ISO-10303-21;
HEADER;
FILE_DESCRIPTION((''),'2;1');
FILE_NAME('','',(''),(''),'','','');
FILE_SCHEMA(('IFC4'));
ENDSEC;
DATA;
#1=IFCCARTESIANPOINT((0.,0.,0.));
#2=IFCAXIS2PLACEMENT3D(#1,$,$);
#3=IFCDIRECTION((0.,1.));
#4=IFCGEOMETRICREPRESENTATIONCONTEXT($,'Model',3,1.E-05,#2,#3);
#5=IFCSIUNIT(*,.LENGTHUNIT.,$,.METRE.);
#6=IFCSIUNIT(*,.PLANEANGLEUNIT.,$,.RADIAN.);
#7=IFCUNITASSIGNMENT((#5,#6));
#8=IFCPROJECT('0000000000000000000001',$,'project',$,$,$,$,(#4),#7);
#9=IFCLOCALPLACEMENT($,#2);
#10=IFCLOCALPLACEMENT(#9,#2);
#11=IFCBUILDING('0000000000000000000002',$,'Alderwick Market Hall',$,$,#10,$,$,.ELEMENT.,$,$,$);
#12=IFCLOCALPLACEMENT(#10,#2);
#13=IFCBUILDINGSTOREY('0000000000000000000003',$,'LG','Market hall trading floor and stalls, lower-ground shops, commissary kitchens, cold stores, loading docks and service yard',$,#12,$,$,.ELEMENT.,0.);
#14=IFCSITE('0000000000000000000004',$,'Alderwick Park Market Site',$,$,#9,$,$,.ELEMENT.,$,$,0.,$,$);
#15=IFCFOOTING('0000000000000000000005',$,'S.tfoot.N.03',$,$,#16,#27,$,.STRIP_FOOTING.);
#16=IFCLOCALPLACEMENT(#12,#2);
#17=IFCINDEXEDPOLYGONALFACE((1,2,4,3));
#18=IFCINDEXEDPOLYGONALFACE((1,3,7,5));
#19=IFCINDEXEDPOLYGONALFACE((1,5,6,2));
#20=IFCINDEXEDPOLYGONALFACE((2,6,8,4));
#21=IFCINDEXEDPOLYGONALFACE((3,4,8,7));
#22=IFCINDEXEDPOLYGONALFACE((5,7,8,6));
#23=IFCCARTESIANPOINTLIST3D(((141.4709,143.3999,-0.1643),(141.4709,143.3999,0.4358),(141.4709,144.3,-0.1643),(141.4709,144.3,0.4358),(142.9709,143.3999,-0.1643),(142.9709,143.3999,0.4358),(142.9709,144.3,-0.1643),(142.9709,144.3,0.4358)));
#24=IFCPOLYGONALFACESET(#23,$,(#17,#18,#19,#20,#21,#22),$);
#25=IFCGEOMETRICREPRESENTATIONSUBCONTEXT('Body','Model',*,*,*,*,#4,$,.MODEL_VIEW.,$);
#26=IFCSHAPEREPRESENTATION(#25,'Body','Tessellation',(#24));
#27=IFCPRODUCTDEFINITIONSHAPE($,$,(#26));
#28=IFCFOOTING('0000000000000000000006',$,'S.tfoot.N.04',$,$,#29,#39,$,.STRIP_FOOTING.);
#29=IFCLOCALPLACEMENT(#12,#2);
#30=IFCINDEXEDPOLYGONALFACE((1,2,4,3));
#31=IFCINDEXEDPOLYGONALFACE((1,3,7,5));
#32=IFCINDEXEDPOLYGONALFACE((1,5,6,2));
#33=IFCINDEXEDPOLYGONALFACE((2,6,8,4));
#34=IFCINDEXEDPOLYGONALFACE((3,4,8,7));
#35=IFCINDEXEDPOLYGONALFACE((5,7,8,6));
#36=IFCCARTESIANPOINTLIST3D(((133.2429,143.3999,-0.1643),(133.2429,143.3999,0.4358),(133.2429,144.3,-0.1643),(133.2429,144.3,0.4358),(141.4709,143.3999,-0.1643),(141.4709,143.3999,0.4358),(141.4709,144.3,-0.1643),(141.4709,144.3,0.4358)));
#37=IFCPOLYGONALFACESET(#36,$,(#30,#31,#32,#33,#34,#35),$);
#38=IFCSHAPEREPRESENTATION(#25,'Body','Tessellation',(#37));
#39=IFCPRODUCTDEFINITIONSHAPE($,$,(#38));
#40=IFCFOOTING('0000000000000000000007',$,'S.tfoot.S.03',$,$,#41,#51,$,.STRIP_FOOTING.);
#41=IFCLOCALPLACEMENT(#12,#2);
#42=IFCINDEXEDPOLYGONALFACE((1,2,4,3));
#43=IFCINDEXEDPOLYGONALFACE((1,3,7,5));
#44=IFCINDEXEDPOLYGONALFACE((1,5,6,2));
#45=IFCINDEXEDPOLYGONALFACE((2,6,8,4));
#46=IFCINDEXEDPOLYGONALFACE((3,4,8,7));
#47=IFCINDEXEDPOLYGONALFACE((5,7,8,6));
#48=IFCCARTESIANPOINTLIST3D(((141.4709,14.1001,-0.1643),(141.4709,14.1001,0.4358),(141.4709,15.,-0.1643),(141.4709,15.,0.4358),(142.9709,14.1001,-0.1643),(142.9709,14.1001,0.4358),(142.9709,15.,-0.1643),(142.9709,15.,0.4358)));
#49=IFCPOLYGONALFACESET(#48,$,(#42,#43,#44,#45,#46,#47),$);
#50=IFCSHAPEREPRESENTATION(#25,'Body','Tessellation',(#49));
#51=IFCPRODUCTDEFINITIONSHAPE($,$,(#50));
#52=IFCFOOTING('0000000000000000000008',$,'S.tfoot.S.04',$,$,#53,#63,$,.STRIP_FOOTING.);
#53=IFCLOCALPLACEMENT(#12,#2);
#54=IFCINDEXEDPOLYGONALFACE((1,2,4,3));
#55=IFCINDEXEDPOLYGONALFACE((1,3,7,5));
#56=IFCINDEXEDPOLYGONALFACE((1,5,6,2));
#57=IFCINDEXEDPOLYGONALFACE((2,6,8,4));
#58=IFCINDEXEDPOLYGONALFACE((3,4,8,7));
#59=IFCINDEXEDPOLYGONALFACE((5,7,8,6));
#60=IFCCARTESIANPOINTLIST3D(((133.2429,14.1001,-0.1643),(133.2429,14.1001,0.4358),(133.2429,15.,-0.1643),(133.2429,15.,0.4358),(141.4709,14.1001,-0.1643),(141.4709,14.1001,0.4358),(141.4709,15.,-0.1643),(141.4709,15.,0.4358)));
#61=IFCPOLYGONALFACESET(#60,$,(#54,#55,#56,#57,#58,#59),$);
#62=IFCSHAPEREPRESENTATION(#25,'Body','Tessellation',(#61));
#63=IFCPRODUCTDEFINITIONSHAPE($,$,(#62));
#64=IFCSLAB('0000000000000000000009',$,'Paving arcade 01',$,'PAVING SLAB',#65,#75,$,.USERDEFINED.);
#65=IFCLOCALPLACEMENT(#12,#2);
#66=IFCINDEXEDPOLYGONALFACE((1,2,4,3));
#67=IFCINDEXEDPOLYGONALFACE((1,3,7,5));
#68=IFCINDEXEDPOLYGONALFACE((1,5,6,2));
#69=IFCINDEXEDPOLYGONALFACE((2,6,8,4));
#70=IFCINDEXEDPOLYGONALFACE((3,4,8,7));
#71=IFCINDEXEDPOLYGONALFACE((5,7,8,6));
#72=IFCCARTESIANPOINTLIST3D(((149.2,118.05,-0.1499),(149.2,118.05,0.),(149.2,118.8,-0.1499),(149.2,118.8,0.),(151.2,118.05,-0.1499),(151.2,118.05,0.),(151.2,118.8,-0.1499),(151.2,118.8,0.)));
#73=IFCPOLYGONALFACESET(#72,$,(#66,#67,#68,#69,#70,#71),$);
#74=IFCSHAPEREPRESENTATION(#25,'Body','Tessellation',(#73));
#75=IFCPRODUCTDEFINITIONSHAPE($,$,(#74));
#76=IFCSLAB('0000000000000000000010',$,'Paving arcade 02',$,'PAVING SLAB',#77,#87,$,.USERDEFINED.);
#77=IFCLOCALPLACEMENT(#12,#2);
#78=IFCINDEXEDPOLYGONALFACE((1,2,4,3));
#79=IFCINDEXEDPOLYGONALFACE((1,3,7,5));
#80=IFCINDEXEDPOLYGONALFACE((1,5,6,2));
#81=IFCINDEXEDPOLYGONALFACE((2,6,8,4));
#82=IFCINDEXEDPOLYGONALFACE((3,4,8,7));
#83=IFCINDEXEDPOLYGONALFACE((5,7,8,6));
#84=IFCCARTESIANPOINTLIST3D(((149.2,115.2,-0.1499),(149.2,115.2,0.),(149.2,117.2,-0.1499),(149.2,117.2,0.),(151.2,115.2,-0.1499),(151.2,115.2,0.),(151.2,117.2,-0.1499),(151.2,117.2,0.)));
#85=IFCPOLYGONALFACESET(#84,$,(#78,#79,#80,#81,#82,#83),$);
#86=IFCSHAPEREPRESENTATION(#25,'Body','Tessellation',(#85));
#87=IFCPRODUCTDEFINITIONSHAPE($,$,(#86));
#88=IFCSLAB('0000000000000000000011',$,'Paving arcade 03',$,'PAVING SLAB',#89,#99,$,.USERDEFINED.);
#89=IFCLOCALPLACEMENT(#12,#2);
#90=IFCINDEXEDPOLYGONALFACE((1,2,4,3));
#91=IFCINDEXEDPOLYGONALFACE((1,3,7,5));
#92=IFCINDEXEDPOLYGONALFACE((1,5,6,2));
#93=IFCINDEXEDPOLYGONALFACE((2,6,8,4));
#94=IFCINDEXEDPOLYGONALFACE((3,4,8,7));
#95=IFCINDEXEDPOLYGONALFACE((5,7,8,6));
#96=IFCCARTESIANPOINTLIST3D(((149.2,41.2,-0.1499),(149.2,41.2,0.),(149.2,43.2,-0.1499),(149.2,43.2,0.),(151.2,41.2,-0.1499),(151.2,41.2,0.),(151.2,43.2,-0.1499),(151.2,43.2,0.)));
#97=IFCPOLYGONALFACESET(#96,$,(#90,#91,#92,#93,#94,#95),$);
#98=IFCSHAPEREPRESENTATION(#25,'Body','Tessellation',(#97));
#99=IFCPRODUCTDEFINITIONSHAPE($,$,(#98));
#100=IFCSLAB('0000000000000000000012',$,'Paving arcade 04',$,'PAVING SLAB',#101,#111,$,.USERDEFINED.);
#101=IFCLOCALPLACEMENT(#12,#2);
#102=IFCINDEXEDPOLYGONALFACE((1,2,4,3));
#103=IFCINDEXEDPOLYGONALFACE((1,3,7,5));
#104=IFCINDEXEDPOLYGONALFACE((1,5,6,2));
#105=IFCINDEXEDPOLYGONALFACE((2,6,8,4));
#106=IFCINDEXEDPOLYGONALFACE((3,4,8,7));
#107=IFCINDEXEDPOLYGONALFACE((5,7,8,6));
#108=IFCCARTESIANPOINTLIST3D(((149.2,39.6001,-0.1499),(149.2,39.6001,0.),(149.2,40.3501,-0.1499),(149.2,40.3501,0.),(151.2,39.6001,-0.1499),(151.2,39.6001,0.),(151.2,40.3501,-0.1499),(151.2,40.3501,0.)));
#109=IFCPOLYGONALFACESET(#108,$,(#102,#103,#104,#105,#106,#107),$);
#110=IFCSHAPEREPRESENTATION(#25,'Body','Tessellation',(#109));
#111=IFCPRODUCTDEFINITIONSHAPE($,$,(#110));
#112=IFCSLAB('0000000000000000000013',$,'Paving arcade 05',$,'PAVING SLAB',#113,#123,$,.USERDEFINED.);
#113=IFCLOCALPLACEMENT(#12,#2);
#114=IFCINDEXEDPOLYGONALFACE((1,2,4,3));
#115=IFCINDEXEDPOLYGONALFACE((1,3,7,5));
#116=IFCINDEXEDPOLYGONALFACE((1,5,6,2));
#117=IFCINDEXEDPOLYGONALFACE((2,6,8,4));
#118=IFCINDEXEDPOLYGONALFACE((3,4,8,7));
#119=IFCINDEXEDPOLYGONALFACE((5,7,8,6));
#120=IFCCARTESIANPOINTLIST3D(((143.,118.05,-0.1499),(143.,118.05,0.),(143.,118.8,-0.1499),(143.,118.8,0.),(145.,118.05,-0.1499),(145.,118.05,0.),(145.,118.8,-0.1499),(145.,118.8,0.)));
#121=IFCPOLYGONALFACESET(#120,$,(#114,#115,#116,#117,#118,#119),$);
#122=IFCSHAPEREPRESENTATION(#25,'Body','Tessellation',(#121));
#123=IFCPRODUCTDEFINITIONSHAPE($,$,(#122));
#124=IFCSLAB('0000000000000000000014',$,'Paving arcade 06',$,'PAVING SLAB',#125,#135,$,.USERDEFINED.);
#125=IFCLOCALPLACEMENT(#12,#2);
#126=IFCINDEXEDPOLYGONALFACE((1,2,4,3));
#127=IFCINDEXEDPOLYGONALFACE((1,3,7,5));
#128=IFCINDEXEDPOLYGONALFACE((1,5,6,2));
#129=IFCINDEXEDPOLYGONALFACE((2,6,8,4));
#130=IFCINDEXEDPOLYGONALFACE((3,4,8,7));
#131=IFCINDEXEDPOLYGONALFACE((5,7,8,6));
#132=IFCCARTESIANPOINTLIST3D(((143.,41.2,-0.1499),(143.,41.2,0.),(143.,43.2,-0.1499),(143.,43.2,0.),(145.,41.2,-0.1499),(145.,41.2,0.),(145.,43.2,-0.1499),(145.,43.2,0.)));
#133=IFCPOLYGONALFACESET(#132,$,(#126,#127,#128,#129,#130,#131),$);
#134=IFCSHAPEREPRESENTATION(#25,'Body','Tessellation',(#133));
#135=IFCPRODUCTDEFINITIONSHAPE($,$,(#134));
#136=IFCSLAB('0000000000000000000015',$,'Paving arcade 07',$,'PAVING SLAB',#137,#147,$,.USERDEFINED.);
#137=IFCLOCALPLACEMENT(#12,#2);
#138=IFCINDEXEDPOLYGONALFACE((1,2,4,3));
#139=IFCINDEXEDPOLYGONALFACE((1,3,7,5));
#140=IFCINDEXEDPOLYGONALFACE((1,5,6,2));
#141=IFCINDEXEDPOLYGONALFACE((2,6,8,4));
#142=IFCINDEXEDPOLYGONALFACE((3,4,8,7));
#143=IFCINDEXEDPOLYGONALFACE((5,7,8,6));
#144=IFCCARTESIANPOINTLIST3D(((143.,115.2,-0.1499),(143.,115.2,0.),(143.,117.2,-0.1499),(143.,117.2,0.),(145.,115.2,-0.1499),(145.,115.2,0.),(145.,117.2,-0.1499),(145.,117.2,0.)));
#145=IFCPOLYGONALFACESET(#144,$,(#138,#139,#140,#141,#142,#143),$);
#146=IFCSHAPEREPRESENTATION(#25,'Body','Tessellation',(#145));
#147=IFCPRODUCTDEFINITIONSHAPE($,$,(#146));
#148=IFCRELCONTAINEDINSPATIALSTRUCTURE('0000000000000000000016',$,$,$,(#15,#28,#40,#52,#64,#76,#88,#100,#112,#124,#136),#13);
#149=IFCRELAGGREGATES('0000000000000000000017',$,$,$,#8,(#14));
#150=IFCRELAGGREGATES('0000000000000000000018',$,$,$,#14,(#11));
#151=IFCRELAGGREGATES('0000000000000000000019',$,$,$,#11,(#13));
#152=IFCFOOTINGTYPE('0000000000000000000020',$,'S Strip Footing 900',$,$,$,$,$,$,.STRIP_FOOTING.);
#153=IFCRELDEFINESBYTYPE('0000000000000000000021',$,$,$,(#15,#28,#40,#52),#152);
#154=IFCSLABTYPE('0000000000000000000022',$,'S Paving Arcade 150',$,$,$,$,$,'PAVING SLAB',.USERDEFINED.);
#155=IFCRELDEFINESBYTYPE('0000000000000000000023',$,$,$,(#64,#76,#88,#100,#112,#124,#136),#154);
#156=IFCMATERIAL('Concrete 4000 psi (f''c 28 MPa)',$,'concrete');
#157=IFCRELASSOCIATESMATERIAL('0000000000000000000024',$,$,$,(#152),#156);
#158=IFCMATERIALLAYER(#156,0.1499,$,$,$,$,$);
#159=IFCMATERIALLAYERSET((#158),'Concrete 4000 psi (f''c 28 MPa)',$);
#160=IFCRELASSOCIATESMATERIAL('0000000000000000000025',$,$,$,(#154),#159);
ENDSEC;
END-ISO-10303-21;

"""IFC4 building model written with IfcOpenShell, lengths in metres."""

from ifc_helpers import new_model, si_unit, direction, frame, origin, place, context, subcontext, project, spatial, polyline, outline, extrude, material, layer, layer_set, type_object, element, save


model = new_model("IFC4")

# Units and contexts
model_context = context("Model", 3, precision=1e-05, world=origin(), true_north=direction((0.0, 1.0)))
body_context = subcontext(model_context, "Body", "Model", "MODEL_VIEW")
ifc_project = project(units=[si_unit("LENGTHUNIT", "METRE"), si_unit("PLANEANGLEUNIT", "RADIAN")], contexts=[model_context])

# Site, building, storey
site_placement = place(None, origin())
site = spatial("IfcSite", under=ifc_project, at=site_placement, Name="Alderwick Park Market Site", CompositionType="ELEMENT", RefElevation=0.0)
building_placement = place(site_placement, origin())
building = spatial("IfcBuilding", under=site, at=building_placement, Name="Alderwick Market Hall", CompositionType="ELEMENT")
storey_placement = place(building_placement, origin())
storey = spatial("IfcBuildingStorey", under=building, at=storey_placement, Name="LG", Description="Market hall trading floor and stalls, lower-ground shops, commissary kitchens, cold stores, loading docks and service yard", CompositionType="ELEMENT", Elevation=0.0)

# Footings
ifc_material_1 = material(Name="Concrete 4000 psi (f'c 28 MPa)", Category="concrete")
footing_type = type_object("IfcFootingType", Name="S Strip Footing 900", PredefinedType="STRIP_FOOTING", material=ifc_material_1)
footing_1_placement = place(storey_placement, frame((0.0, 0.0, -0.1643)))
element("IfcFooting", 1, at=footing_1_placement, inside=storey, type_object=footing_type, Name="S.tfoot.N.03", PredefinedType="STRIP_FOOTING", context=body_context, shape_type="SweptSolid", body=[
    extrude(outline(polyline([(142.9709, 143.3999), (142.9709, 144.3), (141.4709, 144.3), (141.4709, 143.3999), (142.9709, 143.3999)])), origin(), (0.0, 0.0, 1.0), 0.6001),
])
footing_2_placement = place(storey_placement, frame((0.0, 0.0, -0.1643)))
element("IfcFooting", 2, at=footing_2_placement, inside=storey, type_object=footing_type, Name="S.tfoot.N.04", PredefinedType="STRIP_FOOTING", context=body_context, shape_type="SweptSolid", body=[
    extrude(outline(polyline([(141.4709, 143.3999), (141.4709, 144.3), (133.2429, 144.3), (133.2429, 143.3999), (141.4709, 143.3999)])), origin(), (0.0, 0.0, 1.0), 0.6001),
])
footing_3_placement = place(storey_placement, frame((0.0, 0.0, -0.1643)))
element("IfcFooting", 3, at=footing_3_placement, inside=storey, type_object=footing_type, Name="S.tfoot.S.03", PredefinedType="STRIP_FOOTING", context=body_context, shape_type="SweptSolid", body=[
    extrude(outline(polyline([(142.9709, 14.1001), (142.9709, 15.0), (141.4709, 15.0), (141.4709, 14.1001), (142.9709, 14.1001)])), origin(), (0.0, 0.0, 1.0), 0.6001),
])
footing_4_placement = place(storey_placement, frame((0.0, 0.0, -0.1643)))
element("IfcFooting", 4, at=footing_4_placement, inside=storey, type_object=footing_type, Name="S.tfoot.S.04", PredefinedType="STRIP_FOOTING", context=body_context, shape_type="SweptSolid", body=[
    extrude(outline(polyline([(141.4709, 14.1001), (141.4709, 15.0), (133.2429, 15.0), (133.2429, 14.1001), (141.4709, 14.1001)])), origin(), (0.0, 0.0, 1.0), 0.6001),
])

# Slabs
ifc_layer_1 = layer(ifc_material_1, 0.1499)
ifc_layer_set_1 = layer_set([ifc_layer_1], Name="Concrete 4000 psi (f'c 28 MPa)")
slab_type_1 = type_object("IfcSlabType", Name="S Paving Arcade 150", ElementType="PAVING SLAB", PredefinedType="USERDEFINED", material=ifc_layer_set_1)
slab_1_placement = place(storey_placement, frame((0.0, 0.0, -0.1499)))
element("IfcSlab", 5, at=slab_1_placement, inside=storey, type_object=slab_type_1, Name="Paving arcade 01", ObjectType="PAVING SLAB", PredefinedType="USERDEFINED", context=body_context, shape_type="SweptSolid", body=[
    extrude(outline(polyline([(151.2, 118.8), (149.2, 118.8), (149.2, 118.05), (151.2, 118.05), (151.2, 118.8)])), origin(), (0.0, 0.0, 1.0), 0.1499),
])
slab_2_placement = place(storey_placement, frame((0.0, 0.0, -0.1499)))
element("IfcSlab", 6, at=slab_2_placement, inside=storey, type_object=slab_type_1, Name="Paving arcade 02", ObjectType="PAVING SLAB", PredefinedType="USERDEFINED", context=body_context, shape_type="SweptSolid", body=[
    extrude(outline(polyline([(151.2, 117.2), (149.2, 117.2), (149.2, 115.2), (151.2, 115.2), (151.2, 117.2)])), origin(), (0.0, 0.0, 1.0), 0.1499),
])
slab_3_placement = place(storey_placement, frame((0.0, 0.0, -0.1499)))
element("IfcSlab", 7, at=slab_3_placement, inside=storey, type_object=slab_type_1, Name="Paving arcade 03", ObjectType="PAVING SLAB", PredefinedType="USERDEFINED", context=body_context, shape_type="SweptSolid", body=[
    extrude(outline(polyline([(151.2, 43.2), (149.2, 43.2), (149.2, 41.2), (151.2, 41.2), (151.2, 43.2)])), origin(), (0.0, 0.0, 1.0), 0.1499),
])
slab_4_placement = place(storey_placement, frame((0.0, 0.0, -0.1499)))
element("IfcSlab", 8, at=slab_4_placement, inside=storey, type_object=slab_type_1, Name="Paving arcade 04", ObjectType="PAVING SLAB", PredefinedType="USERDEFINED", context=body_context, shape_type="SweptSolid", body=[
    extrude(outline(polyline([(151.2, 40.3501), (149.2, 40.3501), (149.2, 39.6001), (151.2, 39.6001), (151.2, 40.3501)])), origin(), (0.0, 0.0, 1.0), 0.1499),
])
slab_5_placement = place(storey_placement, frame((0.0, 0.0, -0.1499)))
element("IfcSlab", 9, at=slab_5_placement, inside=storey, type_object=slab_type_1, Name="Paving arcade 05", ObjectType="PAVING SLAB", PredefinedType="USERDEFINED", context=body_context, shape_type="SweptSolid", body=[
    extrude(outline(polyline([(143.0, 118.8), (143.0, 118.05), (145.0, 118.05), (145.0, 118.8), (143.0, 118.8)])), origin(), (0.0, 0.0, 1.0), 0.1499),
])
slab_6_placement = place(storey_placement, frame((0.0, 0.0, -0.1499)))
element("IfcSlab", 10, at=slab_6_placement, inside=storey, type_object=slab_type_1, Name="Paving arcade 06", ObjectType="PAVING SLAB", PredefinedType="USERDEFINED", context=body_context, shape_type="SweptSolid", body=[
    extrude(outline(polyline([(143.0, 43.2), (143.0, 41.2), (145.0, 41.2), (145.0, 43.2), (143.0, 43.2)])), origin(), (0.0, 0.0, 1.0), 0.1499),
])
slab_7_placement = place(storey_placement, frame((0.0, 0.0, -0.1499)))
element("IfcSlab", 11, at=slab_7_placement, inside=storey, type_object=slab_type_1, Name="Paving arcade 07", ObjectType="PAVING SLAB", PredefinedType="USERDEFINED", context=body_context, shape_type="SweptSolid", body=[
    extrude(outline(polyline([(145.0, 115.2), (145.0, 117.2), (143.0, 117.2), (143.0, 115.2), (145.0, 115.2)])), origin(), (0.0, 0.0, 1.0), 0.1499),
])

save(model, "model.ifc")
